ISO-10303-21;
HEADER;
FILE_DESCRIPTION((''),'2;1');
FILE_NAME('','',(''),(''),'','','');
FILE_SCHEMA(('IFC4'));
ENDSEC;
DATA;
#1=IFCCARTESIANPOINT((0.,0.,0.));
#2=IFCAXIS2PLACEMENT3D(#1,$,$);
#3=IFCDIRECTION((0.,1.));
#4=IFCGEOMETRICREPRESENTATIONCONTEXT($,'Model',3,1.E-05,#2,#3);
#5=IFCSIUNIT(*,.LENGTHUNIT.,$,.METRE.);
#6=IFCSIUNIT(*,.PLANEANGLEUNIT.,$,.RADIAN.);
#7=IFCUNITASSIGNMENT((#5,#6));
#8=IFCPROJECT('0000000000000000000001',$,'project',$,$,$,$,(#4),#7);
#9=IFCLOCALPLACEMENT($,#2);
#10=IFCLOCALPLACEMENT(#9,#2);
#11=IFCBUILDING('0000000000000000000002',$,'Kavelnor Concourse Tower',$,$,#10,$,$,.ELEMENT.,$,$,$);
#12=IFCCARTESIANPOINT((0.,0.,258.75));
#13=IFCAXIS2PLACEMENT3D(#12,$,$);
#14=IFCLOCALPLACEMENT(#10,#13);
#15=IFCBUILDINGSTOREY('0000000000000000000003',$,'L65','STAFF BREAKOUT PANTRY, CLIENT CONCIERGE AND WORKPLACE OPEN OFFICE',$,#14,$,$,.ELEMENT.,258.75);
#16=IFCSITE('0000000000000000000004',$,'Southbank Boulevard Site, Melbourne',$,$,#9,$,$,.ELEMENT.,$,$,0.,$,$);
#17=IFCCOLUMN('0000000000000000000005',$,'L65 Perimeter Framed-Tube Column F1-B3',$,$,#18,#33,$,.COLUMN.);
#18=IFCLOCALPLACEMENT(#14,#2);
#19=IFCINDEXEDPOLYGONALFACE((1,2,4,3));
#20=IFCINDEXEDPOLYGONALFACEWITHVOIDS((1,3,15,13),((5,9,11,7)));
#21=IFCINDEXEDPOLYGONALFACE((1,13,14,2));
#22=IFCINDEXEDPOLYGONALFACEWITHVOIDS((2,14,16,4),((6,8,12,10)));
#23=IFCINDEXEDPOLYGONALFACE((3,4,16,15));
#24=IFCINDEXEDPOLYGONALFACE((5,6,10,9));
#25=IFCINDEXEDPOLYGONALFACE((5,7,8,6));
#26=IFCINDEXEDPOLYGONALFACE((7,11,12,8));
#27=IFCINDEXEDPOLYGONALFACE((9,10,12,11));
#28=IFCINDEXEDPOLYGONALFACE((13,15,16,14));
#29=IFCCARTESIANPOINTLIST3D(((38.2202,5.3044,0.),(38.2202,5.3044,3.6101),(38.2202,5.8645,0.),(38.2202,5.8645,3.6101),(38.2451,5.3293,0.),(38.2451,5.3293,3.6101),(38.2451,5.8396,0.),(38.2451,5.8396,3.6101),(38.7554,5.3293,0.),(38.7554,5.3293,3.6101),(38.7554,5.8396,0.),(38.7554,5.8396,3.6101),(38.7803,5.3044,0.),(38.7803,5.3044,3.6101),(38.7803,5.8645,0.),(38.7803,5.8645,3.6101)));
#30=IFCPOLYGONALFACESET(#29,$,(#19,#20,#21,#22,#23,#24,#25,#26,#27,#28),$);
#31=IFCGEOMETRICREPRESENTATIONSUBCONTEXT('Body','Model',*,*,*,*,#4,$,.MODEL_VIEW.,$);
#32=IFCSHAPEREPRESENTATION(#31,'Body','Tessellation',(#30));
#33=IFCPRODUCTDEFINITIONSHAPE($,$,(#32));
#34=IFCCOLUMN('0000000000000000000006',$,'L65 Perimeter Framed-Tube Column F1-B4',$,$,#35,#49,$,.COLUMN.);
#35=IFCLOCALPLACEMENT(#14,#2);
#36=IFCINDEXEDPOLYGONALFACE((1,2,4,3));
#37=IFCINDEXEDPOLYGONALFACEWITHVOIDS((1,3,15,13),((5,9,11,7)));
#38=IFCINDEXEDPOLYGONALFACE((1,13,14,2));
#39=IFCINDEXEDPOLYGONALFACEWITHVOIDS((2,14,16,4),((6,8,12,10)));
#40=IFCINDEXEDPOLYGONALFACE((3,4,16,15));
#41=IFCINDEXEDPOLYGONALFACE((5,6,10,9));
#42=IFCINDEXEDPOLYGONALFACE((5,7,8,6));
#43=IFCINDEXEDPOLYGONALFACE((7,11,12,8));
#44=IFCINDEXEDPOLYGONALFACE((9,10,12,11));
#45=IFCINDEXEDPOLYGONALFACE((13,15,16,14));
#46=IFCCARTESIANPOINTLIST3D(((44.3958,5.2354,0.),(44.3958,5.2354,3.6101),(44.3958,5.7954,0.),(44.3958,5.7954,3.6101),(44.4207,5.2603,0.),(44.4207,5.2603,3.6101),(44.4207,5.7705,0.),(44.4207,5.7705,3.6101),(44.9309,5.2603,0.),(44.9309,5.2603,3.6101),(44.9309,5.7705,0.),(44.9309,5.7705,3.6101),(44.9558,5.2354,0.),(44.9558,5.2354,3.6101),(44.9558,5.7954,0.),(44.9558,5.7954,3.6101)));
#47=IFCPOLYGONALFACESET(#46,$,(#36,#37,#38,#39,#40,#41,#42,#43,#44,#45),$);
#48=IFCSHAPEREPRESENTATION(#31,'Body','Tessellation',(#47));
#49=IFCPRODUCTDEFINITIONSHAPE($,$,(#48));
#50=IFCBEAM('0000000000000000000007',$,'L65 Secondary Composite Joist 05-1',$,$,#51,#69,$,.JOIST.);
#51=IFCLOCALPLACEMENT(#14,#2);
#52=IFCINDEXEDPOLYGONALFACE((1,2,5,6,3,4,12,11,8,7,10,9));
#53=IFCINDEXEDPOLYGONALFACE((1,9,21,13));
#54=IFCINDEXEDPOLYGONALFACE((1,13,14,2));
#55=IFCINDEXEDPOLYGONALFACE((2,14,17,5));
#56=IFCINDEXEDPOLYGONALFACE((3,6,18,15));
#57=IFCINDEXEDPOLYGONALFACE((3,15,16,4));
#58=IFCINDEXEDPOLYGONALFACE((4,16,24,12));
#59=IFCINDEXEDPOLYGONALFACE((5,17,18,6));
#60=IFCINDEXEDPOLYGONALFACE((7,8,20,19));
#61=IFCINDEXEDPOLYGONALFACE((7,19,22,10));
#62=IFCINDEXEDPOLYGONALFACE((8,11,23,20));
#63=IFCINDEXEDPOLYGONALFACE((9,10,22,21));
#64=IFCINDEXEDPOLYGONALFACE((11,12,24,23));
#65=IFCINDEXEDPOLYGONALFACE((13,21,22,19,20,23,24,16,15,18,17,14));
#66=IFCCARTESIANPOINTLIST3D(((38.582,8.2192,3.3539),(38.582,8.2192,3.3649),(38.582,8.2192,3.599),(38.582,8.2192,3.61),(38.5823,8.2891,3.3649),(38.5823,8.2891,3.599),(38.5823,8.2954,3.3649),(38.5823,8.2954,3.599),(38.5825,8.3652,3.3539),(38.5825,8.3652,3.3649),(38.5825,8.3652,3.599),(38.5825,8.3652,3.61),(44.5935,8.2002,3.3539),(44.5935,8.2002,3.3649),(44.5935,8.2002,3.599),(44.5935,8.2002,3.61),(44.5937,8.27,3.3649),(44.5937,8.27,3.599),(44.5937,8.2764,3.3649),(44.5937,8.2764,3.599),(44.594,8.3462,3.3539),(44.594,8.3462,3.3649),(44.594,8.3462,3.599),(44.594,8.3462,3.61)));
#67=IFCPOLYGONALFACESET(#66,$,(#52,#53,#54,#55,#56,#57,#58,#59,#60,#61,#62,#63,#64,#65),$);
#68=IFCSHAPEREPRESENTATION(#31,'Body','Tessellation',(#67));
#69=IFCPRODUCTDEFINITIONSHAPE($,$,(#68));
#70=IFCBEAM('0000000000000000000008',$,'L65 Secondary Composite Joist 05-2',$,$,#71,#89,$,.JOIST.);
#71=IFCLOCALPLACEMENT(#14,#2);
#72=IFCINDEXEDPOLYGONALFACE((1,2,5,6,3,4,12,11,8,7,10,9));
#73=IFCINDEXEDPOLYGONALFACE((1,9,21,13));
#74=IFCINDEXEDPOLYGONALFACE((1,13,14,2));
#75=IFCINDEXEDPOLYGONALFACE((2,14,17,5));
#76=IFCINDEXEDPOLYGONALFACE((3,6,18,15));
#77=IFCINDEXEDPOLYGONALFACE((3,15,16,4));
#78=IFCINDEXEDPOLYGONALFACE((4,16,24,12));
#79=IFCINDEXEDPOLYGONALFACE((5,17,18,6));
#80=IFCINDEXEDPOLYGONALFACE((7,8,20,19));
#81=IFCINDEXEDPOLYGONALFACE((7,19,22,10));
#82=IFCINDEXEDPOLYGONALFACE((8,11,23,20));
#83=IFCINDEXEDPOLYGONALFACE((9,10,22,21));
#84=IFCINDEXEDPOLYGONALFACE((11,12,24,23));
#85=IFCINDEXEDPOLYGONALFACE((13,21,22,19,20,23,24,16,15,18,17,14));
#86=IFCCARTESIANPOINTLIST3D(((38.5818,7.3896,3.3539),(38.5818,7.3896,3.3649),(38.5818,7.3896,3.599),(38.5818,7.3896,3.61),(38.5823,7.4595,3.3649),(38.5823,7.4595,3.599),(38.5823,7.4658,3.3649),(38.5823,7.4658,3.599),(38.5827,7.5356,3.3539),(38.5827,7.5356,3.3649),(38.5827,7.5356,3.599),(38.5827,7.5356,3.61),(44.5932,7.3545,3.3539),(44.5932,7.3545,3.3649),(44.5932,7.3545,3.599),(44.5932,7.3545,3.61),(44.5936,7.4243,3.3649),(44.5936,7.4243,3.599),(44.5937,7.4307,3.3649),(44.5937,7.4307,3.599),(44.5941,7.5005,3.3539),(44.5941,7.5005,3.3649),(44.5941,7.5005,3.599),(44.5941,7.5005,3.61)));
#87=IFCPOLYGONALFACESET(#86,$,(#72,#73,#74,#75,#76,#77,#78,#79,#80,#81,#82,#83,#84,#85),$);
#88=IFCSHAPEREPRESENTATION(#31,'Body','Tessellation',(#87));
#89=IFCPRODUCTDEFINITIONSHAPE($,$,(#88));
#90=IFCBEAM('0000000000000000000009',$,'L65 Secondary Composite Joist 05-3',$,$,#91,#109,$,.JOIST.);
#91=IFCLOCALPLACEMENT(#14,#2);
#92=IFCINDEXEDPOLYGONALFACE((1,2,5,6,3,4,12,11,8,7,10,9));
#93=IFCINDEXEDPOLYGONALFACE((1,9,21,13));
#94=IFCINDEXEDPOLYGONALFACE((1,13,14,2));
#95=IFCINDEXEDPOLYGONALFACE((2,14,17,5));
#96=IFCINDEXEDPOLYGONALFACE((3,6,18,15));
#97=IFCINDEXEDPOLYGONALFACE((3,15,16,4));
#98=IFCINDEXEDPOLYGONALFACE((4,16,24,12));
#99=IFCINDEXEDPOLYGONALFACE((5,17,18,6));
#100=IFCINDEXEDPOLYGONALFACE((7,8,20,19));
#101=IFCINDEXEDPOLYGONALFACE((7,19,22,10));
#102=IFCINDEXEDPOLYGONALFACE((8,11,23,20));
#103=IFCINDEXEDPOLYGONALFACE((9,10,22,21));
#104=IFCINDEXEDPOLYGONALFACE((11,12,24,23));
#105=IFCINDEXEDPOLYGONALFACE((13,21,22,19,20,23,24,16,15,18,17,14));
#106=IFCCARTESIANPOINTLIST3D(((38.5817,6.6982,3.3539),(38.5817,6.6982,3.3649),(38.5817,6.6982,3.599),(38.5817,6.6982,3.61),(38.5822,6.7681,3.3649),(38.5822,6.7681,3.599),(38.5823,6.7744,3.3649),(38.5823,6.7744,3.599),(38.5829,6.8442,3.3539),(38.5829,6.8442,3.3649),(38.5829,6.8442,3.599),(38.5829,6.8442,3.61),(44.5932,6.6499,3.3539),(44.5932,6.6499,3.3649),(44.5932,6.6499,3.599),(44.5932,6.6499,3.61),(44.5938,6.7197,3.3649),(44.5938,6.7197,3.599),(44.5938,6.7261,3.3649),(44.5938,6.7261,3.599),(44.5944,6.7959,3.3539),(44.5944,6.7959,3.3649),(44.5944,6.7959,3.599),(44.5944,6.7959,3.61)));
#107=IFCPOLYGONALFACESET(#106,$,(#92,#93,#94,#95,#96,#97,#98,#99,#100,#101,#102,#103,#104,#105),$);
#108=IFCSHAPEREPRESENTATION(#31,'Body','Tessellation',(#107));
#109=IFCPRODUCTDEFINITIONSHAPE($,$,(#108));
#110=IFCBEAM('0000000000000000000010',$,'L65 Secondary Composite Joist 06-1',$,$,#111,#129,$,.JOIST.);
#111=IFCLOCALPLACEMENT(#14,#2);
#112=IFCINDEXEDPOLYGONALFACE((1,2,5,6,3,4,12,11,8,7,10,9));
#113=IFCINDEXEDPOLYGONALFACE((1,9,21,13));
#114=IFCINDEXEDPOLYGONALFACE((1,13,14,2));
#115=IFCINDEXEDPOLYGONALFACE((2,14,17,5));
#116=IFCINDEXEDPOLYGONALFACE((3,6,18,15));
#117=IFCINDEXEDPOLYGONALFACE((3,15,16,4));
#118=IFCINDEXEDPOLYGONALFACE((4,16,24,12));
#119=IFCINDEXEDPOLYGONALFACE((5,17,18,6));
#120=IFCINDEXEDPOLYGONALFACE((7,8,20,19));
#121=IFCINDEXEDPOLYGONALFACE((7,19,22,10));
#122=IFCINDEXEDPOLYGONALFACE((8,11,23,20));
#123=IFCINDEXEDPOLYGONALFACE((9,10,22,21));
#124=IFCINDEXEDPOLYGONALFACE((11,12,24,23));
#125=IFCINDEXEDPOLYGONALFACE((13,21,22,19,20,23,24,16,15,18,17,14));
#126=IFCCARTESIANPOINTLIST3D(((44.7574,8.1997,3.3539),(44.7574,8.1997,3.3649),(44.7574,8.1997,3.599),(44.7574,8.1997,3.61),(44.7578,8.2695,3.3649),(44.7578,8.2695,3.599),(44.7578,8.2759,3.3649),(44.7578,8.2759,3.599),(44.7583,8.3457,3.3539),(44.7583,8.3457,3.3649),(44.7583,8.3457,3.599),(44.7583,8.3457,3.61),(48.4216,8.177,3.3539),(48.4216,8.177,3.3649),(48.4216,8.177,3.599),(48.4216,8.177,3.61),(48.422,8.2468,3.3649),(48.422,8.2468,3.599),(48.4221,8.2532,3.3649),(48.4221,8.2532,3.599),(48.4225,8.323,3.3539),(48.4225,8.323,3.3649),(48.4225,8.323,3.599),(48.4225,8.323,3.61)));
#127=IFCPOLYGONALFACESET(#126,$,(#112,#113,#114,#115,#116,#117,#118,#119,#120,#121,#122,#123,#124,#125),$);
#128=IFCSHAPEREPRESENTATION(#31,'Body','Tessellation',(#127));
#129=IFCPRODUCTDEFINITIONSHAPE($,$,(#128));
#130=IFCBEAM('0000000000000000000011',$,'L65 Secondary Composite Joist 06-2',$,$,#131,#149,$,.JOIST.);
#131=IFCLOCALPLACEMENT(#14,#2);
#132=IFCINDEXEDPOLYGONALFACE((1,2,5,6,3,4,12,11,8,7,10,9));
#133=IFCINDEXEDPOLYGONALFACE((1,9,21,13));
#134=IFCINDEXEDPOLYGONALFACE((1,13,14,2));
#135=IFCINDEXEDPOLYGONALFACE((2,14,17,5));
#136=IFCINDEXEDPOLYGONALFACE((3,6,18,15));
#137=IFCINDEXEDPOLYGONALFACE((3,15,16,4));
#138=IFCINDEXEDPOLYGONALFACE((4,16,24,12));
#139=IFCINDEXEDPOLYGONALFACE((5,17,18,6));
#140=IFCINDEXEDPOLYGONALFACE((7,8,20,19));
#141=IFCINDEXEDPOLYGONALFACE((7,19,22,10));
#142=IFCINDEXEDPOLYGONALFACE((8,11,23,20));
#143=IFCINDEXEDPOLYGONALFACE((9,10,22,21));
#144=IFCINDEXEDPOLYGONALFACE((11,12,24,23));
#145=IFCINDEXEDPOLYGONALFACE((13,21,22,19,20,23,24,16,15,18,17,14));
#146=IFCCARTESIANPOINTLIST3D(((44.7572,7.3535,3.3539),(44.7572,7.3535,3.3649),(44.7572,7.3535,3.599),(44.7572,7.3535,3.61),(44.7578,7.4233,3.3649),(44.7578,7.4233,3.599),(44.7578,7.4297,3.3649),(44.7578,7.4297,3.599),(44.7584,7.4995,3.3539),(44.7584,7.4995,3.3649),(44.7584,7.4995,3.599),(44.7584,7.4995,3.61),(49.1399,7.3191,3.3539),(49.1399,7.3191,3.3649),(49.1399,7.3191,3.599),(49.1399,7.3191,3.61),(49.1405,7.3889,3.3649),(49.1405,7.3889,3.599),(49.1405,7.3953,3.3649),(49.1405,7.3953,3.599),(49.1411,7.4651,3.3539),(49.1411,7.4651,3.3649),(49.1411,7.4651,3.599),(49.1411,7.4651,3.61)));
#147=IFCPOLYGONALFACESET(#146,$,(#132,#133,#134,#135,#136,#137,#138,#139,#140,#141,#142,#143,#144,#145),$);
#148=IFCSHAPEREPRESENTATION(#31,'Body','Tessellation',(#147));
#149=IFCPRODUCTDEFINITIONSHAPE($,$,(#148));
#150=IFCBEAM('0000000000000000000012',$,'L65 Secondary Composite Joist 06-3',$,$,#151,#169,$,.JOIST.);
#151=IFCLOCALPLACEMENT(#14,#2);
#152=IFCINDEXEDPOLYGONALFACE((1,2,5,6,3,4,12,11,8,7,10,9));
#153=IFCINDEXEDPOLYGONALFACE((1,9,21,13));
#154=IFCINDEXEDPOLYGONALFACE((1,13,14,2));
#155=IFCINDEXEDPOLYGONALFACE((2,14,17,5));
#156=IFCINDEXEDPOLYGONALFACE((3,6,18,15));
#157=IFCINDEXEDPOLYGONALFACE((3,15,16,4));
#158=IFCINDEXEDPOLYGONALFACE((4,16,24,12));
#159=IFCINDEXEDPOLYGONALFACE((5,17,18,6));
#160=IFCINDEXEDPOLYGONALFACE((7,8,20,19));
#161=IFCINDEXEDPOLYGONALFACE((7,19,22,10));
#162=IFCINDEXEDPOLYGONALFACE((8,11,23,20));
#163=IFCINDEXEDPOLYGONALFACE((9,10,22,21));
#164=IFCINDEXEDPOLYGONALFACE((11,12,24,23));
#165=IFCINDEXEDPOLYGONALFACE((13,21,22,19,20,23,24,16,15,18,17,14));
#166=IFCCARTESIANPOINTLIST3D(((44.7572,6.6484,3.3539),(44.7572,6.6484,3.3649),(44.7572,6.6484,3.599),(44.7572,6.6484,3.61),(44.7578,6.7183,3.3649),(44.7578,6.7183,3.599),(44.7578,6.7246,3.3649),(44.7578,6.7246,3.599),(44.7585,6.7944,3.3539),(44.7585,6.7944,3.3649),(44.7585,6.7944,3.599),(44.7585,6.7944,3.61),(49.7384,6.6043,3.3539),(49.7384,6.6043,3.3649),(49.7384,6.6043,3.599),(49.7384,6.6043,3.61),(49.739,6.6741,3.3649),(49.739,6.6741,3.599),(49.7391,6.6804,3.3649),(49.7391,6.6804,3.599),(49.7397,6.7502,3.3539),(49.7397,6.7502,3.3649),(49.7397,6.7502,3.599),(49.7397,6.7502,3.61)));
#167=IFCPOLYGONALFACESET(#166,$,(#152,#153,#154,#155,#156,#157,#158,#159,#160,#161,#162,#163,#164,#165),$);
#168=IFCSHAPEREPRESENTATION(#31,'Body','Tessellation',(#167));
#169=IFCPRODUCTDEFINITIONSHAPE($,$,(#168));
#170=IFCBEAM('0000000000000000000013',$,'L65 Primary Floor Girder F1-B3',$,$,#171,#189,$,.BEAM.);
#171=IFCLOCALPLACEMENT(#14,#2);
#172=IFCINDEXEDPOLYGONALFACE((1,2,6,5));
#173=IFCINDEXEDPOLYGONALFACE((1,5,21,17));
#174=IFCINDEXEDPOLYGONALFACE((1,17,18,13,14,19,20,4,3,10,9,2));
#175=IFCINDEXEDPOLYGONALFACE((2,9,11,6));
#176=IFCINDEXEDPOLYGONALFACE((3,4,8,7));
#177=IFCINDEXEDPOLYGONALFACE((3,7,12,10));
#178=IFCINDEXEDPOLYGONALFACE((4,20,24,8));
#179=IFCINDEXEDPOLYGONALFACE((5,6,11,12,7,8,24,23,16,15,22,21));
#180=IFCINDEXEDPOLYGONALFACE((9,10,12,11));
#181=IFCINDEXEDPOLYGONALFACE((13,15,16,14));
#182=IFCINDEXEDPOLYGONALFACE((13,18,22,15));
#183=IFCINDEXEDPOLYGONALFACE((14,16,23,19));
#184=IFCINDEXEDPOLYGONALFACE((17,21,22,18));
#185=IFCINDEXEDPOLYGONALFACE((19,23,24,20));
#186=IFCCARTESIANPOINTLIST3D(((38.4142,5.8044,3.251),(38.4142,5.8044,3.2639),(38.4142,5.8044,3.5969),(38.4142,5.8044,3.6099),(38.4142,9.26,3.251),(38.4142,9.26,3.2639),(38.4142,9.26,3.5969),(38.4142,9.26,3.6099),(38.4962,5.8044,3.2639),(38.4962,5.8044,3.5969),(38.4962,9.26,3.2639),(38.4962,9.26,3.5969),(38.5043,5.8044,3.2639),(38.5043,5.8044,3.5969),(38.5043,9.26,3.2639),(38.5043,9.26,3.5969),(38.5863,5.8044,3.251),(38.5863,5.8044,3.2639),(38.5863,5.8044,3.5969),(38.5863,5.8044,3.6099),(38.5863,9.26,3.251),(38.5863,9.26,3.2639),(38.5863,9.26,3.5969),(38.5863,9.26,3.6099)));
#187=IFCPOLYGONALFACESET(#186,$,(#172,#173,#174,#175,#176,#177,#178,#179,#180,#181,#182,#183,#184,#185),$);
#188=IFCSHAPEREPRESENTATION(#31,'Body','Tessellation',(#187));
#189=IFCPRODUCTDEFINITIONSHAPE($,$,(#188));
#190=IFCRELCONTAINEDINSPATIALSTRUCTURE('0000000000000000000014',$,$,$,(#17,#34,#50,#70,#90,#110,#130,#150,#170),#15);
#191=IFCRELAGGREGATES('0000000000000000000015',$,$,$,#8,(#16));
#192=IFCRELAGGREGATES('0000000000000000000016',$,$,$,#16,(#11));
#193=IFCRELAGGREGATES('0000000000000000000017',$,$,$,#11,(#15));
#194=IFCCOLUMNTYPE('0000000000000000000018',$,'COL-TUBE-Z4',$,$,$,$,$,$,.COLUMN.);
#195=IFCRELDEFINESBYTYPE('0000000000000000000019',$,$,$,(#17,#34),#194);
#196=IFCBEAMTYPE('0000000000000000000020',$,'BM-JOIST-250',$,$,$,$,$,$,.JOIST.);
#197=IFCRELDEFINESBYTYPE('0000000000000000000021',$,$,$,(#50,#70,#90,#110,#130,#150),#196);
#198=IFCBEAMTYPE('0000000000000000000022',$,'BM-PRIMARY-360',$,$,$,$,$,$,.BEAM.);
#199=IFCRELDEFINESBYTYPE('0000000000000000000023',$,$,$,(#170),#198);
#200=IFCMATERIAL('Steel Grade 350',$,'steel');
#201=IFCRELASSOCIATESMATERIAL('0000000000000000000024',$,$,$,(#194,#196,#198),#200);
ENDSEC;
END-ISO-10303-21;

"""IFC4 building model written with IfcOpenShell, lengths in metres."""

from ifc_helpers import new_model, si_unit, direction, frame, origin, origin_2d, place, context, subcontext, project, spatial, hollow_rectangle, i_section, extrude, material, material_profile, profile_set, type_object, element, save


model = new_model("IFC4")

# Units and contexts
model_context = context("Model", 3, precision=1e-05, world=origin(), true_north=direction((0.0, 1.0)))
body_context = subcontext(model_context, "Body", "Model", "MODEL_VIEW")
ifc_project = project(units=[si_unit("LENGTHUNIT", "METRE"), si_unit("PLANEANGLEUNIT", "RADIAN")], contexts=[model_context])

# Site, building, storey
site_placement = place(None, origin())
site = spatial("IfcSite", under=ifc_project, at=site_placement, Name="Southbank Boulevard Site, Melbourne", CompositionType="ELEMENT", RefElevation=0.0)
building_placement = place(site_placement, origin())
building = spatial("IfcBuilding", under=site, at=building_placement, Name="Kavelnor Concourse Tower", CompositionType="ELEMENT")
storey_placement = place(building_placement, frame((0.0, 0.0, 258.75)))
storey = spatial("IfcBuildingStorey", under=building, at=storey_placement, Name="L65", Description="STAFF BREAKOUT PANTRY, CLIENT CONCIERGE AND WORKPLACE OPEN OFFICE", CompositionType="ELEMENT", Elevation=258.75)

# Columns
ifc_material_1 = material(Name="Steel Grade 350", Category="steel")
ifc_material_profile_1 = material_profile(ifc_material_1, hollow_rectangle(XDim=0.5601, YDim=0.5601, WallThickness=0.0249, at=origin_2d()), Name="SHS 560x560x25")
ifc_profile_set_1 = profile_set([ifc_material_profile_1], Name="Steel Grade 350")
column_type = type_object("IfcColumnType", Name="COL-TUBE-Z4", PredefinedType="COLUMN", material=ifc_profile_set_1)
for number, where, z_axis, x_axis, name in (
    (1, (38.5002, 5.5845, 0.0), (0.0, 0.0, 1.0), (1.0, 0.0, 0.0), "L65 Perimeter Framed-Tube Column F1-B3"),
    (2, (44.6758, 5.5154, 0.0), (0.0, 0.0, 1.0), (1.0, 0.0, 0.0), "L65 Perimeter Framed-Tube Column F1-B4"),
):
    element("IfcColumn", number, at=place(storey_placement, frame(where, z_axis=z_axis, x_axis=x_axis)), inside=storey, type_object=column_type, Name=name, PredefinedType="COLUMN", context=body_context, shape_type="SweptSolid", body=[
        extrude(hollow_rectangle(XDim=0.5601, YDim=0.5601, WallThickness=0.0249, at=origin_2d()), origin(), (0.0, 0.0, 1.0), 3.6101),
    ])

# Beams
ifc_material_profile_2 = material_profile(ifc_material_1, i_section(OverallWidth=0.146, OverallDepth=0.2561, WebThickness=0.0063, FlangeThickness=0.011, at=origin_2d()), Name="250UB37")
ifc_profile_set_2 = profile_set([ifc_material_profile_2], Name="Steel Grade 350")
beam_type_1 = type_object("IfcBeamType", Name="BM-JOIST-250", PredefinedType="JOIST", material=ifc_profile_set_2)
for number, where, z_axis, x_axis, name in (
    (3, (38.5823, 8.2922, 3.4819), (0.999995, -0.003168, 0.0), (0.003168, 0.999995, 0.0), "L65 Secondary Composite Joist 05-1"),
    (4, (38.5823, 7.4626, 3.4819), (0.999983, -0.005848, 0.0), (0.005848, 0.999983, 0.0), "L65 Secondary Composite Joist 05-2"),
):
    element("IfcBeam", number, at=place(storey_placement, frame(where, z_axis=z_axis, x_axis=x_axis)), inside=storey, type_object=beam_type_1, Name=name, PredefinedType="JOIST", context=body_context, shape_type="SweptSolid", body=[
        extrude(i_section(OverallWidth=0.146, OverallDepth=0.2561, WebThickness=0.0063, FlangeThickness=0.011, at=origin_2d()), origin(), (0.0, 0.0, 1.0), 6.0115),
    ])
beam_1_placement = place(storey_placement, frame((38.5823, 6.7712, 3.4819), z_axis=(0.999968, -0.008041, 0.0), x_axis=(0.008041, 0.999968, 0.0)))
element("IfcBeam", 5, at=beam_1_placement, inside=storey, type_object=beam_type_1, Name="L65 Secondary Composite Joist 05-3", PredefinedType="JOIST", context=body_context, shape_type="SweptSolid", body=[
    extrude(i_section(OverallWidth=0.146, OverallDepth=0.2561, WebThickness=0.0063, FlangeThickness=0.011, at=origin_2d()), origin(), (0.0, 0.0, 1.0), 6.0117),
])
beam_2_placement = place(storey_placement, frame((44.7578, 8.2727, 3.4819), z_axis=(0.999981, -0.006196, 0.0), x_axis=(0.006196, 0.999981, 0.0)))
element("IfcBeam", 6, at=beam_2_placement, inside=storey, type_object=beam_type_1, Name="L65 Secondary Composite Joist 06-1", PredefinedType="JOIST", context=body_context, shape_type="SweptSolid", body=[
    extrude(i_section(OverallWidth=0.146, OverallDepth=0.2561, WebThickness=0.0063, FlangeThickness=0.011, at=origin_2d()), origin(), (0.0, 0.0, 1.0), 3.6643),
])
beam_3_placement = place(storey_placement, frame((44.7578, 7.4265, 3.4819), z_axis=(0.999969, -0.007854, 0.0), x_axis=(0.007854, 0.999969, 0.0)))
element("IfcBeam", 7, at=beam_3_placement, inside=storey, type_object=beam_type_1, Name="L65 Secondary Composite Joist 06-2", PredefinedType="JOIST", context=body_context, shape_type="SweptSolid", body=[
    extrude(i_section(OverallWidth=0.146, OverallDepth=0.2561, WebThickness=0.0063, FlangeThickness=0.011, at=origin_2d()), origin(), (0.0, 0.0, 1.0), 4.3828),
])
beam_4_placement = place(storey_placement, frame((44.7578, 6.7214, 3.4819), z_axis=(0.999961, -0.008871, 0.0), x_axis=(0.008871, 0.999961, 0.0)))
element("IfcBeam", 8, at=beam_4_placement, inside=storey, type_object=beam_type_1, Name="L65 Secondary Composite Joist 06-3", PredefinedType="JOIST", context=body_context, shape_type="SweptSolid", body=[
    extrude(i_section(OverallWidth=0.146, OverallDepth=0.2561, WebThickness=0.0063, FlangeThickness=0.011, at=origin_2d()), origin(), (0.0, 0.0, 1.0), 4.9814),
])
ifc_material_profile_3 = material_profile(ifc_material_1, i_section(OverallWidth=0.1721, OverallDepth=0.3589, WebThickness=0.0081, FlangeThickness=0.0129, at=origin_2d()), Name="360UB56")
ifc_profile_set_3 = profile_set([ifc_material_profile_3], Name="Steel Grade 350")
beam_type_2 = type_object("IfcBeamType", Name="BM-PRIMARY-360", PredefinedType="BEAM", material=ifc_profile_set_3)
beam_5_placement = place(storey_placement, frame((38.5002, 9.26, 3.4304), z_axis=(0.0, -1.0, 0.0), x_axis=(1.0, 0.0, 0.0)))
element("IfcBeam", 9, at=beam_5_placement, inside=storey, type_object=beam_type_2, Name="L65 Primary Floor Girder F1-B3", PredefinedType="BEAM", context=body_context, shape_type="SweptSolid", body=[
    extrude(i_section(OverallWidth=0.1721, OverallDepth=0.3589, WebThickness=0.0081, FlangeThickness=0.0129, at=origin_2d()), origin(), (0.0, 0.0, 1.0), 3.4556),
])

save(model, "model.ifc")
